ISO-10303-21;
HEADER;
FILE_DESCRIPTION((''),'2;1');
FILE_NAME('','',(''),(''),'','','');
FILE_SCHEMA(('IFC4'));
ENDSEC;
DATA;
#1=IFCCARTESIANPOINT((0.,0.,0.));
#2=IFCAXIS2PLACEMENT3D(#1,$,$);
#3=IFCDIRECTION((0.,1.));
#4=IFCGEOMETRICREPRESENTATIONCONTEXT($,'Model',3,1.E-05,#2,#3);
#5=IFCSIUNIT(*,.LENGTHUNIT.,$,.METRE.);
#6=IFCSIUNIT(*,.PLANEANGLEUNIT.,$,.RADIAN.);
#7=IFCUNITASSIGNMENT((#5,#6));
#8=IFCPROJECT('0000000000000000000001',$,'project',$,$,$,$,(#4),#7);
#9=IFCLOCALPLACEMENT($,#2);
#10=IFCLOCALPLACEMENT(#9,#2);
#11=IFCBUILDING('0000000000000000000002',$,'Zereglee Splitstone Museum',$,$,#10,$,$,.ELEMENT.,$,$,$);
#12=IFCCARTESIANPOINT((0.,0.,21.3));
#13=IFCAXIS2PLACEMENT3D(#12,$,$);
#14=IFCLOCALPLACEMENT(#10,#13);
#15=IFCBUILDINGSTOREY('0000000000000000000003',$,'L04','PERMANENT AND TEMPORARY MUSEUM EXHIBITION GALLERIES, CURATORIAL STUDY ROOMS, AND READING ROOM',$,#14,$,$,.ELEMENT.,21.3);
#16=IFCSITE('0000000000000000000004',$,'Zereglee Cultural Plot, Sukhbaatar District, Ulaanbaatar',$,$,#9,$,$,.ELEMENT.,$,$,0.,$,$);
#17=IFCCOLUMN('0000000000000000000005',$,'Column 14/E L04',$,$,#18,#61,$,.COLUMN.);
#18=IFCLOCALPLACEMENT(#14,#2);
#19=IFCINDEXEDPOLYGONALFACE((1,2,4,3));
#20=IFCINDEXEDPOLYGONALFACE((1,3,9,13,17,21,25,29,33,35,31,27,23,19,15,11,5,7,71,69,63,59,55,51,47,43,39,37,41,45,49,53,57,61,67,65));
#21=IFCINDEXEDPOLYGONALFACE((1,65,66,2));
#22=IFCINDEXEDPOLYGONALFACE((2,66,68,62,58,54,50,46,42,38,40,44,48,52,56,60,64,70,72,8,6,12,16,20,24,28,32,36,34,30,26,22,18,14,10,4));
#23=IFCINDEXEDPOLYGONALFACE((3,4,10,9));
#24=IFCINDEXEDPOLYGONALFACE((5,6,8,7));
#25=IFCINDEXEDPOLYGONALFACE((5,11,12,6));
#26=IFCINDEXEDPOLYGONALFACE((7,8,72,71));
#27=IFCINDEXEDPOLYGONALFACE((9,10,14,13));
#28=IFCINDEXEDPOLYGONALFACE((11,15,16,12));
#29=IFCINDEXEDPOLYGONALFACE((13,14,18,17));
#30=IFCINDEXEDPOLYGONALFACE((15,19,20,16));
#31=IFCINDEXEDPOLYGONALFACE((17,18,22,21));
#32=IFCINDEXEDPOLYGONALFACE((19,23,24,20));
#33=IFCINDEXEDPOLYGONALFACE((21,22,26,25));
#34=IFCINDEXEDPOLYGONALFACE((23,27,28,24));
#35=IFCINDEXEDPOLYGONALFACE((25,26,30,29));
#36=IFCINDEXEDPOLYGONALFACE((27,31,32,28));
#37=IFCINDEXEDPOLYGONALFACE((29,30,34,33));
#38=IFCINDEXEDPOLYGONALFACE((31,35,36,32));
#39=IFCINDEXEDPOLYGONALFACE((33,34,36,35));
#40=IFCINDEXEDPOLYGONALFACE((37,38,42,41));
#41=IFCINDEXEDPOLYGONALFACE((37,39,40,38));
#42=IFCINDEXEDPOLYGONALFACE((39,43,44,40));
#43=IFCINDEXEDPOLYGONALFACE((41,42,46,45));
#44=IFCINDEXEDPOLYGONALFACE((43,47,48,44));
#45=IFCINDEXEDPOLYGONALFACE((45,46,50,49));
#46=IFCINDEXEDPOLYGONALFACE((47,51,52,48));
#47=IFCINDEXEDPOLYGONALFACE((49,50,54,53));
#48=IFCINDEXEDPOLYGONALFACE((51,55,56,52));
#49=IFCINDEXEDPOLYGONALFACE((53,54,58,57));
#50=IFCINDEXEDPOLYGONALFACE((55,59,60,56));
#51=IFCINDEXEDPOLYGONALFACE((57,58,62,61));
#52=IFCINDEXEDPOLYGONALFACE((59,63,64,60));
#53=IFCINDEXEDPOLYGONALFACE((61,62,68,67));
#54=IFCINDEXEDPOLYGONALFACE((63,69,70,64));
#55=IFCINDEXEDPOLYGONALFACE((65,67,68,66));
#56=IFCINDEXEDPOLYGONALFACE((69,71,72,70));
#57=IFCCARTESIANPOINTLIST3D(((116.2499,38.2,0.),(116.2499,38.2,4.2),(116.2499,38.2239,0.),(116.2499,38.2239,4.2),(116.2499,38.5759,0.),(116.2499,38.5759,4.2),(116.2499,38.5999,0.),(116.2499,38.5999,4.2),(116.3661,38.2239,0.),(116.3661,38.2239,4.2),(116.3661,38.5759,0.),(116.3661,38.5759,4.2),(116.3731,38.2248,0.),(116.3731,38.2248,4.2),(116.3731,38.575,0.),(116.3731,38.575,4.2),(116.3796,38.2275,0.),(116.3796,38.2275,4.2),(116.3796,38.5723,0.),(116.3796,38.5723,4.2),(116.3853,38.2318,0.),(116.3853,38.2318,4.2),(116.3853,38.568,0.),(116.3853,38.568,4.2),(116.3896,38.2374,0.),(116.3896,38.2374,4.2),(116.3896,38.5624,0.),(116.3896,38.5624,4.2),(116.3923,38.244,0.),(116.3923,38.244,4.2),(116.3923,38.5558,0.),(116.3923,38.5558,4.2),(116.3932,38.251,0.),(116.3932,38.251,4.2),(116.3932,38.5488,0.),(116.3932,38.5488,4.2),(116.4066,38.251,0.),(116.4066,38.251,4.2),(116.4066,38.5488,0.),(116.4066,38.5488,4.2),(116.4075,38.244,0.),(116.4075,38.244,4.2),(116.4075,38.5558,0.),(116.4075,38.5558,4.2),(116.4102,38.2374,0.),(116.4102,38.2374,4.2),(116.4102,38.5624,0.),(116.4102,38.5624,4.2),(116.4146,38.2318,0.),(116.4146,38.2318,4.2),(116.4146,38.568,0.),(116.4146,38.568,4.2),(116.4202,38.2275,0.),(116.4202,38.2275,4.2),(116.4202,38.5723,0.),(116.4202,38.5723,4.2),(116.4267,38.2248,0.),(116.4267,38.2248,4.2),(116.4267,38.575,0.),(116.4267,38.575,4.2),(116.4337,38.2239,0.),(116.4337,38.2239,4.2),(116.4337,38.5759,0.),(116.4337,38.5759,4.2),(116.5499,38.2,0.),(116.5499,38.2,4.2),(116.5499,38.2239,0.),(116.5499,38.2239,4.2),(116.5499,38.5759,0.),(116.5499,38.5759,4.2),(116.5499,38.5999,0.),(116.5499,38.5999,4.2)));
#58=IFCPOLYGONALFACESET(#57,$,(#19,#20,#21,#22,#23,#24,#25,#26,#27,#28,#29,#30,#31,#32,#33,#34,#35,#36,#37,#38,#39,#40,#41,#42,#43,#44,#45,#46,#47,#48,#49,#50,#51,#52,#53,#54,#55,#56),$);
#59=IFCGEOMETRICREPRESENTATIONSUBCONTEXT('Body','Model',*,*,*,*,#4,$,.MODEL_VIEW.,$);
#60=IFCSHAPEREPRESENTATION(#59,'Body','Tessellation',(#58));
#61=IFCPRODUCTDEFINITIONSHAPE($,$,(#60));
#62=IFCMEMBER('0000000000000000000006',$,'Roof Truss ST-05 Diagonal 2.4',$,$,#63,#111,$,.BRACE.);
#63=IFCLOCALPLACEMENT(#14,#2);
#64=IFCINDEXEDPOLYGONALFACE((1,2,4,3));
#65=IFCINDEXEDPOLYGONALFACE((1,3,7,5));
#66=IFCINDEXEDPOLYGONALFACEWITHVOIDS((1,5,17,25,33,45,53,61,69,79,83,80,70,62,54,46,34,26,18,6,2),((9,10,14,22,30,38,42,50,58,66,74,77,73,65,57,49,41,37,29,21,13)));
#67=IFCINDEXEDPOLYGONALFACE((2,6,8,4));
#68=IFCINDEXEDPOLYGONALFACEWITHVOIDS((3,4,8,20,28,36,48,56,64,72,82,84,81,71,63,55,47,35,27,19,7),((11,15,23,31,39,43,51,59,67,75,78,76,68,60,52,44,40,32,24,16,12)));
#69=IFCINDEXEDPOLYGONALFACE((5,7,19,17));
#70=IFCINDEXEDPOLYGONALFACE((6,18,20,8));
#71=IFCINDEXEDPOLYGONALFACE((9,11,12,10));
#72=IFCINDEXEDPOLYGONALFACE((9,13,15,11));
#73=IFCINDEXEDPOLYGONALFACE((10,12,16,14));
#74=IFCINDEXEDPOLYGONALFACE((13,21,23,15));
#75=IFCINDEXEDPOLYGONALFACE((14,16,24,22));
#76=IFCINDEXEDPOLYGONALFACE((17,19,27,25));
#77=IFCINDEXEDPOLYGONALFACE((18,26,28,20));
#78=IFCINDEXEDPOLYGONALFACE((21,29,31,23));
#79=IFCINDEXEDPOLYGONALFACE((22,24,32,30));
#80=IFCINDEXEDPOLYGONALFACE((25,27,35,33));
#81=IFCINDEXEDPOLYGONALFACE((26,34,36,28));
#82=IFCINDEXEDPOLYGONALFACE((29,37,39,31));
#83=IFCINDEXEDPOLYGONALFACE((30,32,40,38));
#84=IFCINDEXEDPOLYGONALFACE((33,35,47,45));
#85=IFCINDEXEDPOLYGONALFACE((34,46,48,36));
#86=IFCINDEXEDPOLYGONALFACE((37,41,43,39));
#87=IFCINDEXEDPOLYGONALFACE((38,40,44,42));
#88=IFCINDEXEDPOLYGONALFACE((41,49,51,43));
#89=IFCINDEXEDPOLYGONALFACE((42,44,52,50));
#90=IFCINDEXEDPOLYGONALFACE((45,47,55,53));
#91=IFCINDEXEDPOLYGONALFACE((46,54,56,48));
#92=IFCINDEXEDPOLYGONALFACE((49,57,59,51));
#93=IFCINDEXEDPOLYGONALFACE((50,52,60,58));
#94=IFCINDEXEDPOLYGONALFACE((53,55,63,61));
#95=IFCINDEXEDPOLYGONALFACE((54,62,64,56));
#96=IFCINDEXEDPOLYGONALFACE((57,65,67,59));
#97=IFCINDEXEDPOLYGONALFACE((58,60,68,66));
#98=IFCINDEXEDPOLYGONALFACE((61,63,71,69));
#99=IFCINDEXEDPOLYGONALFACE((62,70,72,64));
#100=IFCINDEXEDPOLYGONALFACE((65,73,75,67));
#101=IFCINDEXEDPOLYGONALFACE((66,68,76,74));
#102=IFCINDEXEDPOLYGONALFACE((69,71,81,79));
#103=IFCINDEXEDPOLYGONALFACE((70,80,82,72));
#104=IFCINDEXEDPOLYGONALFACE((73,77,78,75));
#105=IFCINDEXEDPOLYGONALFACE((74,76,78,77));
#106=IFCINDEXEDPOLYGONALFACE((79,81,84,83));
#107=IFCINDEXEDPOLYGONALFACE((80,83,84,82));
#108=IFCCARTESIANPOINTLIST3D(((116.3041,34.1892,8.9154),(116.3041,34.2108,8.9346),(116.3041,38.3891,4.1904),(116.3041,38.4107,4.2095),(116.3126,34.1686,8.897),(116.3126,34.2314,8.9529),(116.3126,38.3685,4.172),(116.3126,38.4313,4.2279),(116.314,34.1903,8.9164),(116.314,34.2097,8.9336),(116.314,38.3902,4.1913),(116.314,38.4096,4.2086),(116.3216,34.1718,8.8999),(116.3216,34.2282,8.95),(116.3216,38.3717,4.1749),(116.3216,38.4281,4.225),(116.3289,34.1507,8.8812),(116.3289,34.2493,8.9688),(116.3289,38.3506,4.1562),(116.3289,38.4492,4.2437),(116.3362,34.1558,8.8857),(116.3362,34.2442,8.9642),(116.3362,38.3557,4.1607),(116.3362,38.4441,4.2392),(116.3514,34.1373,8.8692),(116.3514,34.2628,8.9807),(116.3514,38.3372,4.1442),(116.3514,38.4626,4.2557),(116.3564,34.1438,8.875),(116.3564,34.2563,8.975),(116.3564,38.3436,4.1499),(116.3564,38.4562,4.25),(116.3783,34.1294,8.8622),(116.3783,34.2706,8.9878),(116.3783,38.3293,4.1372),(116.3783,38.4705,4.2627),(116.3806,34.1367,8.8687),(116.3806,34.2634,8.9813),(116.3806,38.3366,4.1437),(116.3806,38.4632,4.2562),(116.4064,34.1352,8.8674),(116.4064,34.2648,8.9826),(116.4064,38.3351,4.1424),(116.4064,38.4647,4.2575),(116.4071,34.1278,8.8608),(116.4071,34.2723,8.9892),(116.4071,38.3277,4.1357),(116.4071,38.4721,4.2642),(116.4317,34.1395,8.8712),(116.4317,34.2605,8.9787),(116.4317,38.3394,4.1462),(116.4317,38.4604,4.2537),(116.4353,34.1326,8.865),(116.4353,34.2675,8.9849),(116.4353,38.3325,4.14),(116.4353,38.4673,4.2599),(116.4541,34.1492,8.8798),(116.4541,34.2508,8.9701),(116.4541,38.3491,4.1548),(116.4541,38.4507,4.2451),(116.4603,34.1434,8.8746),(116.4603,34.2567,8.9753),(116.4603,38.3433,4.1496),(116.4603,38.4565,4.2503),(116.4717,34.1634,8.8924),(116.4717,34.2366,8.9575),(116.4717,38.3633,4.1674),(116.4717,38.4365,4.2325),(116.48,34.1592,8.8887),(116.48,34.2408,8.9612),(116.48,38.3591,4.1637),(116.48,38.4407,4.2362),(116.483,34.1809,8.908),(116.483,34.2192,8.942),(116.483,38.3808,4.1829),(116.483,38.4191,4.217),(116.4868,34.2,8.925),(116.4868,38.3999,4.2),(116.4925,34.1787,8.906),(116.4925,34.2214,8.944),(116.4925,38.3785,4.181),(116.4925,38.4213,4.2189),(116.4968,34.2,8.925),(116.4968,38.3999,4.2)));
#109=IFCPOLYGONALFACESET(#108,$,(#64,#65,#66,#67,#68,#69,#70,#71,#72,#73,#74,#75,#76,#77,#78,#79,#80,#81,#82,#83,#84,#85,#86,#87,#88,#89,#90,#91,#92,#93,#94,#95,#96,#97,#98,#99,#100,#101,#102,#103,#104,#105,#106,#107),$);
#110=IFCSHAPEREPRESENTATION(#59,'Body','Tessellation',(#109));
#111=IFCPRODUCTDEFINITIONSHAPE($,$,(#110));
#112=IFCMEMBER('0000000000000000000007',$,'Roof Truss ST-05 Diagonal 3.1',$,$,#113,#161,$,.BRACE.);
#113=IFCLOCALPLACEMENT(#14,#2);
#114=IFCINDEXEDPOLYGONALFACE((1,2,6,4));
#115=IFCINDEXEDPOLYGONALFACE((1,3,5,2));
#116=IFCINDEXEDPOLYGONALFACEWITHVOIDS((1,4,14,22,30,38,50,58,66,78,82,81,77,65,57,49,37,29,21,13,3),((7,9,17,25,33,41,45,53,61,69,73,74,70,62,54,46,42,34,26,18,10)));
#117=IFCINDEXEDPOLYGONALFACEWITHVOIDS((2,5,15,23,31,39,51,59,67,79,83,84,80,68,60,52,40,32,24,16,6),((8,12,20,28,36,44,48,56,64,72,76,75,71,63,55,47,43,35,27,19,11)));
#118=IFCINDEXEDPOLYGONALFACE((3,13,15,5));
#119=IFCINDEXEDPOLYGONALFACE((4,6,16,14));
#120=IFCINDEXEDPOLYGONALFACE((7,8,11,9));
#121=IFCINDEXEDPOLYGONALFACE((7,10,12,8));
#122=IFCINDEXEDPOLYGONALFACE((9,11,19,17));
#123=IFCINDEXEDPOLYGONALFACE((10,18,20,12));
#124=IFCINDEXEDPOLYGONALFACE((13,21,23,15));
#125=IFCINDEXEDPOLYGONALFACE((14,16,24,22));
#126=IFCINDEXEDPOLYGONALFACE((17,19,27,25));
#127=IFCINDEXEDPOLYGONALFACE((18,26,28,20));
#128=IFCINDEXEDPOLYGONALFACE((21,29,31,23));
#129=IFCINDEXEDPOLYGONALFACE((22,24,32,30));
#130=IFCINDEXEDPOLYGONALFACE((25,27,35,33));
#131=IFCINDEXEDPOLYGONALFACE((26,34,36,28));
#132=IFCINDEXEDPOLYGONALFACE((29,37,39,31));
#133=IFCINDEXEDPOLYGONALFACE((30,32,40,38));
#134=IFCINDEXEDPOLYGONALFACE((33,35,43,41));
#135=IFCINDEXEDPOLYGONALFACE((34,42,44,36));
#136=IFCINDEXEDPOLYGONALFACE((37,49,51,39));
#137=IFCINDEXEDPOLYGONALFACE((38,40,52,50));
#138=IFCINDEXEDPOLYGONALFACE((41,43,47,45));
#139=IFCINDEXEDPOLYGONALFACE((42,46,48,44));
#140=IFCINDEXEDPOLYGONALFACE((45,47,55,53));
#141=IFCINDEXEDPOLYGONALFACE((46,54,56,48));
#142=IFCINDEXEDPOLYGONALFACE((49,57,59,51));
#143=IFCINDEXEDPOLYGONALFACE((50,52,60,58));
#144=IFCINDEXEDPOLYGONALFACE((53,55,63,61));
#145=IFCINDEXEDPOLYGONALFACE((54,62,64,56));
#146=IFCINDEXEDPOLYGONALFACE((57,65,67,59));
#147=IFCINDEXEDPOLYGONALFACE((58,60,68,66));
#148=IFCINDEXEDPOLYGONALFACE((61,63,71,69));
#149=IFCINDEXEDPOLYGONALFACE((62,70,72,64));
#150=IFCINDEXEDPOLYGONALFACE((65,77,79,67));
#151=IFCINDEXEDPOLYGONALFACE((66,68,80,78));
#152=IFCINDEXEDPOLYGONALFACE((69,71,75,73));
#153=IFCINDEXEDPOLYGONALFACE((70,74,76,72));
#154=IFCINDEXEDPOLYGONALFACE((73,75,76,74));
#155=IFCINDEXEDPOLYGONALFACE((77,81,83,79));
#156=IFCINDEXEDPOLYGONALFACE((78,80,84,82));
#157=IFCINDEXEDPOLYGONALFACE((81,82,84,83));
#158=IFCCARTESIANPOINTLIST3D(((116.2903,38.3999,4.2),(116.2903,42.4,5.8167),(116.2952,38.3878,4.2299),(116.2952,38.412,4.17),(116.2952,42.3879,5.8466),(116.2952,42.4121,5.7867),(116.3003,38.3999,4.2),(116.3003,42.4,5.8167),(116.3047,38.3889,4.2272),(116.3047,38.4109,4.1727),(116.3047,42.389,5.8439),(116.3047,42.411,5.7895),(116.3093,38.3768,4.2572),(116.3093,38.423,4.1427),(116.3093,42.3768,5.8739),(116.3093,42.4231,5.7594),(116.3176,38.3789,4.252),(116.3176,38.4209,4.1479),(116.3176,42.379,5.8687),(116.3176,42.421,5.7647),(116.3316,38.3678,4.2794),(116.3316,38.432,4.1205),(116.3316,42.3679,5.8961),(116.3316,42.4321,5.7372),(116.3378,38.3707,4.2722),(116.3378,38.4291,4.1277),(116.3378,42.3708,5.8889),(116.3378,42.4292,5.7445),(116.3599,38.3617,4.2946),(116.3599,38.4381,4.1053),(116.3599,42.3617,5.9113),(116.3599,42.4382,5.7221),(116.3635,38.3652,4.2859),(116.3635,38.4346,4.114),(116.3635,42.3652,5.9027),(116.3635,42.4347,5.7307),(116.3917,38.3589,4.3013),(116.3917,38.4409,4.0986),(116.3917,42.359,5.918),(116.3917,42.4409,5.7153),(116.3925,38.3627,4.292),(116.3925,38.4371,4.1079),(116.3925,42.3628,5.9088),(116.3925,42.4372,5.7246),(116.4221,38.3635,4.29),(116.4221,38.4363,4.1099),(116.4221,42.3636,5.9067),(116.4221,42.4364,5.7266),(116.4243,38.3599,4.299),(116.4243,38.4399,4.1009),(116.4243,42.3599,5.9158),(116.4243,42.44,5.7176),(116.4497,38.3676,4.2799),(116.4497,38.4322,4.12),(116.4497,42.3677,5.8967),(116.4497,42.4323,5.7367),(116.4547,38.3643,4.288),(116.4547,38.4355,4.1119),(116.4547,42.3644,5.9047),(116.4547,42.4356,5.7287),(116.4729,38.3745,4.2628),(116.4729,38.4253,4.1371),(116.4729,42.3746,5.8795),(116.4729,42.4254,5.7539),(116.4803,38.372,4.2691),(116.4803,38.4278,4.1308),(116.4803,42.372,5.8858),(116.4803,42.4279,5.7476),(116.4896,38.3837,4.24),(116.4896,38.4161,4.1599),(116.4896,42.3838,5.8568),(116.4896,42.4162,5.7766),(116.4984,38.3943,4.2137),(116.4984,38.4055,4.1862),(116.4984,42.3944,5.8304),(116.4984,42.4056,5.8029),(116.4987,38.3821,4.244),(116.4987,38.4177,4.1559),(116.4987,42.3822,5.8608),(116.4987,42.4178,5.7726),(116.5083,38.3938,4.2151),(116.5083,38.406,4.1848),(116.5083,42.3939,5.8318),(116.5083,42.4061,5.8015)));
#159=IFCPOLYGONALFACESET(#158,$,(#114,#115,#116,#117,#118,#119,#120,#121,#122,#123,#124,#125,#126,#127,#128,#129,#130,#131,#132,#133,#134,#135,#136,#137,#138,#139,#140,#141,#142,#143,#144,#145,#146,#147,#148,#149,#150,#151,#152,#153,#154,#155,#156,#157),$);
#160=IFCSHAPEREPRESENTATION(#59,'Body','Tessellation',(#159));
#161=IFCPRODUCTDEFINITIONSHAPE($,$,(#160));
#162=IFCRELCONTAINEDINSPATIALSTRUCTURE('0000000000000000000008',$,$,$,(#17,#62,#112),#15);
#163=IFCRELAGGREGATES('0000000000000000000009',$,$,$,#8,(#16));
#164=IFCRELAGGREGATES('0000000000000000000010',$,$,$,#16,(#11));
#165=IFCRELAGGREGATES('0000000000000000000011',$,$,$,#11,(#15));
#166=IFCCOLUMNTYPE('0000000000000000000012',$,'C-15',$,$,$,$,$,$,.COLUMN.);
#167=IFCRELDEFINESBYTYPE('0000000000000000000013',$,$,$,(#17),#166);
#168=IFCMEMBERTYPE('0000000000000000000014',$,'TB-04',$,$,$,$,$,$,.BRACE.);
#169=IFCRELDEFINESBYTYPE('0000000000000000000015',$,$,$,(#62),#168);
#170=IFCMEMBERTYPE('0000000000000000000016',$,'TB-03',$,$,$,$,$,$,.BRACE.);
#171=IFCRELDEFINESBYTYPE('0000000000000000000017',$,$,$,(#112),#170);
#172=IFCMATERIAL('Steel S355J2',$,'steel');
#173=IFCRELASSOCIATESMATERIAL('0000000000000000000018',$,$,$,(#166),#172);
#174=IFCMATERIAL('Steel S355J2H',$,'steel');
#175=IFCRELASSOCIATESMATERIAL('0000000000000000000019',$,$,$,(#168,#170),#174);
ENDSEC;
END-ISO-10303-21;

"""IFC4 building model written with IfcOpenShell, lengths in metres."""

from ifc_helpers import new_model, si_unit, direction, frame, origin, origin_2d, place, context, subcontext, project, spatial, hollow_circle, i_section, extrude, material, material_profile, profile_set, type_object, element, save


model = new_model("IFC4")

# Units and contexts
model_context = context("Model", 3, precision=1e-05, world=origin(), true_north=direction((0.0, 1.0)))
body_context = subcontext(model_context, "Body", "Model", "MODEL_VIEW")
ifc_project = project(units=[si_unit("LENGTHUNIT", "METRE"), si_unit("PLANEANGLEUNIT", "RADIAN")], contexts=[model_context])

# Site, building, storey
site_placement = place(None, origin())
site = spatial("IfcSite", under=ifc_project, at=site_placement, Name="Zereglee Cultural Plot, Sukhbaatar District, Ulaanbaatar", CompositionType="ELEMENT", RefElevation=0.0)
building_placement = place(site_placement, origin())
building = spatial("IfcBuilding", under=site, at=building_placement, Name="Zereglee Splitstone Museum", CompositionType="ELEMENT")
storey_placement = place(building_placement, frame((0.0, 0.0, 21.3)))
storey = spatial("IfcBuildingStorey", under=building, at=storey_placement, Name="L04", Description="PERMANENT AND TEMPORARY MUSEUM EXHIBITION GALLERIES, CURATORIAL STUDY ROOMS, AND READING ROOM", CompositionType="ELEMENT", Elevation=21.3)

# Column
ifc_material_1 = material(Name="Steel S355J2", Category="steel")
ifc_material_profile_1 = material_profile(ifc_material_1, i_section(OverallWidth=0.3, OverallDepth=0.3999, WebThickness=0.0134, FlangeThickness=0.0239, FilletRadius=0.0271, at=origin_2d()), Name="HE 400 B")
ifc_profile_set_1 = profile_set([ifc_material_profile_1], Name="Steel S355J2")
column_type = type_object("IfcColumnType", Name="C-15", PredefinedType="COLUMN", material=ifc_profile_set_1)
column_placement = place(storey_placement, frame((116.3999, 38.3999, 0.0), z_axis=(0.0, 0.0, 1.0), x_axis=(1.0, 0.0, 0.0)))
element("IfcColumn", 1, at=column_placement, inside=storey, type_object=column_type, Name="Column 14/E L04", PredefinedType="COLUMN", context=body_context, shape_type="SweptSolid", body=[
    extrude(i_section(OverallWidth=0.3, OverallDepth=0.3999, WebThickness=0.0134, FlangeThickness=0.0239, FilletRadius=0.0271, at=origin_2d()), origin(), (0.0, 0.0, 1.0), 4.2),
])

# Members
ifc_material_2 = material(Name="Steel S355J2H", Category="steel")
ifc_material_profile_2 = material_profile(ifc_material_2, hollow_circle(Radius=0.0969, WallThickness=0.01, at=origin_2d()), Name="CHS 193.7x10")
ifc_profile_set_2 = profile_set([ifc_material_profile_2], Name="Steel S355J2H")
member_type_1 = type_object("IfcMemberType", Name="TB-04", PredefinedType="BRACE", material=ifc_profile_set_2)
member_1_placement = place(storey_placement, frame((116.3999, 38.3999, 4.2), z_axis=(0.0, -0.664352, 0.74742), x_axis=(1.0, 0.0, 0.0)))
element("IfcMember", 2, at=member_1_placement, inside=storey, type_object=member_type_1, Name="Roof Truss ST-05 Diagonal 2.4", PredefinedType="BRACE", context=body_context, shape_type="SweptSolid", body=[
    extrude(hollow_circle(Radius=0.0969, WallThickness=0.01, at=origin_2d()), origin(), (0.0, 0.0, 1.0), 6.3218),
])
ifc_material_profile_3 = material_profile(ifc_material_2, hollow_circle(Radius=0.1096, WallThickness=0.01, at=origin_2d()), Name="CHS 219.1x10")
ifc_profile_set_3 = profile_set([ifc_material_profile_3], Name="Steel S355J2H")
member_type_2 = type_object("IfcMemberType", Name="TB-03", PredefinedType="BRACE", material=ifc_profile_set_3)
member_2_placement = place(storey_placement, frame((116.3999, 38.3999, 4.2), z_axis=(0.0, 0.927136, 0.374725), x_axis=(-1.0, 0.0, 0.0)))
element("IfcMember", 3, at=member_2_placement, inside=storey, type_object=member_type_2, Name="Roof Truss ST-05 Diagonal 3.1", PredefinedType="BRACE", context=body_context, shape_type="SweptSolid", body=[
    extrude(hollow_circle(Radius=0.1096, WallThickness=0.01, at=origin_2d()), origin(), (0.0, 0.0, 1.0), 4.3145),
])

save(model, "model.ifc")
